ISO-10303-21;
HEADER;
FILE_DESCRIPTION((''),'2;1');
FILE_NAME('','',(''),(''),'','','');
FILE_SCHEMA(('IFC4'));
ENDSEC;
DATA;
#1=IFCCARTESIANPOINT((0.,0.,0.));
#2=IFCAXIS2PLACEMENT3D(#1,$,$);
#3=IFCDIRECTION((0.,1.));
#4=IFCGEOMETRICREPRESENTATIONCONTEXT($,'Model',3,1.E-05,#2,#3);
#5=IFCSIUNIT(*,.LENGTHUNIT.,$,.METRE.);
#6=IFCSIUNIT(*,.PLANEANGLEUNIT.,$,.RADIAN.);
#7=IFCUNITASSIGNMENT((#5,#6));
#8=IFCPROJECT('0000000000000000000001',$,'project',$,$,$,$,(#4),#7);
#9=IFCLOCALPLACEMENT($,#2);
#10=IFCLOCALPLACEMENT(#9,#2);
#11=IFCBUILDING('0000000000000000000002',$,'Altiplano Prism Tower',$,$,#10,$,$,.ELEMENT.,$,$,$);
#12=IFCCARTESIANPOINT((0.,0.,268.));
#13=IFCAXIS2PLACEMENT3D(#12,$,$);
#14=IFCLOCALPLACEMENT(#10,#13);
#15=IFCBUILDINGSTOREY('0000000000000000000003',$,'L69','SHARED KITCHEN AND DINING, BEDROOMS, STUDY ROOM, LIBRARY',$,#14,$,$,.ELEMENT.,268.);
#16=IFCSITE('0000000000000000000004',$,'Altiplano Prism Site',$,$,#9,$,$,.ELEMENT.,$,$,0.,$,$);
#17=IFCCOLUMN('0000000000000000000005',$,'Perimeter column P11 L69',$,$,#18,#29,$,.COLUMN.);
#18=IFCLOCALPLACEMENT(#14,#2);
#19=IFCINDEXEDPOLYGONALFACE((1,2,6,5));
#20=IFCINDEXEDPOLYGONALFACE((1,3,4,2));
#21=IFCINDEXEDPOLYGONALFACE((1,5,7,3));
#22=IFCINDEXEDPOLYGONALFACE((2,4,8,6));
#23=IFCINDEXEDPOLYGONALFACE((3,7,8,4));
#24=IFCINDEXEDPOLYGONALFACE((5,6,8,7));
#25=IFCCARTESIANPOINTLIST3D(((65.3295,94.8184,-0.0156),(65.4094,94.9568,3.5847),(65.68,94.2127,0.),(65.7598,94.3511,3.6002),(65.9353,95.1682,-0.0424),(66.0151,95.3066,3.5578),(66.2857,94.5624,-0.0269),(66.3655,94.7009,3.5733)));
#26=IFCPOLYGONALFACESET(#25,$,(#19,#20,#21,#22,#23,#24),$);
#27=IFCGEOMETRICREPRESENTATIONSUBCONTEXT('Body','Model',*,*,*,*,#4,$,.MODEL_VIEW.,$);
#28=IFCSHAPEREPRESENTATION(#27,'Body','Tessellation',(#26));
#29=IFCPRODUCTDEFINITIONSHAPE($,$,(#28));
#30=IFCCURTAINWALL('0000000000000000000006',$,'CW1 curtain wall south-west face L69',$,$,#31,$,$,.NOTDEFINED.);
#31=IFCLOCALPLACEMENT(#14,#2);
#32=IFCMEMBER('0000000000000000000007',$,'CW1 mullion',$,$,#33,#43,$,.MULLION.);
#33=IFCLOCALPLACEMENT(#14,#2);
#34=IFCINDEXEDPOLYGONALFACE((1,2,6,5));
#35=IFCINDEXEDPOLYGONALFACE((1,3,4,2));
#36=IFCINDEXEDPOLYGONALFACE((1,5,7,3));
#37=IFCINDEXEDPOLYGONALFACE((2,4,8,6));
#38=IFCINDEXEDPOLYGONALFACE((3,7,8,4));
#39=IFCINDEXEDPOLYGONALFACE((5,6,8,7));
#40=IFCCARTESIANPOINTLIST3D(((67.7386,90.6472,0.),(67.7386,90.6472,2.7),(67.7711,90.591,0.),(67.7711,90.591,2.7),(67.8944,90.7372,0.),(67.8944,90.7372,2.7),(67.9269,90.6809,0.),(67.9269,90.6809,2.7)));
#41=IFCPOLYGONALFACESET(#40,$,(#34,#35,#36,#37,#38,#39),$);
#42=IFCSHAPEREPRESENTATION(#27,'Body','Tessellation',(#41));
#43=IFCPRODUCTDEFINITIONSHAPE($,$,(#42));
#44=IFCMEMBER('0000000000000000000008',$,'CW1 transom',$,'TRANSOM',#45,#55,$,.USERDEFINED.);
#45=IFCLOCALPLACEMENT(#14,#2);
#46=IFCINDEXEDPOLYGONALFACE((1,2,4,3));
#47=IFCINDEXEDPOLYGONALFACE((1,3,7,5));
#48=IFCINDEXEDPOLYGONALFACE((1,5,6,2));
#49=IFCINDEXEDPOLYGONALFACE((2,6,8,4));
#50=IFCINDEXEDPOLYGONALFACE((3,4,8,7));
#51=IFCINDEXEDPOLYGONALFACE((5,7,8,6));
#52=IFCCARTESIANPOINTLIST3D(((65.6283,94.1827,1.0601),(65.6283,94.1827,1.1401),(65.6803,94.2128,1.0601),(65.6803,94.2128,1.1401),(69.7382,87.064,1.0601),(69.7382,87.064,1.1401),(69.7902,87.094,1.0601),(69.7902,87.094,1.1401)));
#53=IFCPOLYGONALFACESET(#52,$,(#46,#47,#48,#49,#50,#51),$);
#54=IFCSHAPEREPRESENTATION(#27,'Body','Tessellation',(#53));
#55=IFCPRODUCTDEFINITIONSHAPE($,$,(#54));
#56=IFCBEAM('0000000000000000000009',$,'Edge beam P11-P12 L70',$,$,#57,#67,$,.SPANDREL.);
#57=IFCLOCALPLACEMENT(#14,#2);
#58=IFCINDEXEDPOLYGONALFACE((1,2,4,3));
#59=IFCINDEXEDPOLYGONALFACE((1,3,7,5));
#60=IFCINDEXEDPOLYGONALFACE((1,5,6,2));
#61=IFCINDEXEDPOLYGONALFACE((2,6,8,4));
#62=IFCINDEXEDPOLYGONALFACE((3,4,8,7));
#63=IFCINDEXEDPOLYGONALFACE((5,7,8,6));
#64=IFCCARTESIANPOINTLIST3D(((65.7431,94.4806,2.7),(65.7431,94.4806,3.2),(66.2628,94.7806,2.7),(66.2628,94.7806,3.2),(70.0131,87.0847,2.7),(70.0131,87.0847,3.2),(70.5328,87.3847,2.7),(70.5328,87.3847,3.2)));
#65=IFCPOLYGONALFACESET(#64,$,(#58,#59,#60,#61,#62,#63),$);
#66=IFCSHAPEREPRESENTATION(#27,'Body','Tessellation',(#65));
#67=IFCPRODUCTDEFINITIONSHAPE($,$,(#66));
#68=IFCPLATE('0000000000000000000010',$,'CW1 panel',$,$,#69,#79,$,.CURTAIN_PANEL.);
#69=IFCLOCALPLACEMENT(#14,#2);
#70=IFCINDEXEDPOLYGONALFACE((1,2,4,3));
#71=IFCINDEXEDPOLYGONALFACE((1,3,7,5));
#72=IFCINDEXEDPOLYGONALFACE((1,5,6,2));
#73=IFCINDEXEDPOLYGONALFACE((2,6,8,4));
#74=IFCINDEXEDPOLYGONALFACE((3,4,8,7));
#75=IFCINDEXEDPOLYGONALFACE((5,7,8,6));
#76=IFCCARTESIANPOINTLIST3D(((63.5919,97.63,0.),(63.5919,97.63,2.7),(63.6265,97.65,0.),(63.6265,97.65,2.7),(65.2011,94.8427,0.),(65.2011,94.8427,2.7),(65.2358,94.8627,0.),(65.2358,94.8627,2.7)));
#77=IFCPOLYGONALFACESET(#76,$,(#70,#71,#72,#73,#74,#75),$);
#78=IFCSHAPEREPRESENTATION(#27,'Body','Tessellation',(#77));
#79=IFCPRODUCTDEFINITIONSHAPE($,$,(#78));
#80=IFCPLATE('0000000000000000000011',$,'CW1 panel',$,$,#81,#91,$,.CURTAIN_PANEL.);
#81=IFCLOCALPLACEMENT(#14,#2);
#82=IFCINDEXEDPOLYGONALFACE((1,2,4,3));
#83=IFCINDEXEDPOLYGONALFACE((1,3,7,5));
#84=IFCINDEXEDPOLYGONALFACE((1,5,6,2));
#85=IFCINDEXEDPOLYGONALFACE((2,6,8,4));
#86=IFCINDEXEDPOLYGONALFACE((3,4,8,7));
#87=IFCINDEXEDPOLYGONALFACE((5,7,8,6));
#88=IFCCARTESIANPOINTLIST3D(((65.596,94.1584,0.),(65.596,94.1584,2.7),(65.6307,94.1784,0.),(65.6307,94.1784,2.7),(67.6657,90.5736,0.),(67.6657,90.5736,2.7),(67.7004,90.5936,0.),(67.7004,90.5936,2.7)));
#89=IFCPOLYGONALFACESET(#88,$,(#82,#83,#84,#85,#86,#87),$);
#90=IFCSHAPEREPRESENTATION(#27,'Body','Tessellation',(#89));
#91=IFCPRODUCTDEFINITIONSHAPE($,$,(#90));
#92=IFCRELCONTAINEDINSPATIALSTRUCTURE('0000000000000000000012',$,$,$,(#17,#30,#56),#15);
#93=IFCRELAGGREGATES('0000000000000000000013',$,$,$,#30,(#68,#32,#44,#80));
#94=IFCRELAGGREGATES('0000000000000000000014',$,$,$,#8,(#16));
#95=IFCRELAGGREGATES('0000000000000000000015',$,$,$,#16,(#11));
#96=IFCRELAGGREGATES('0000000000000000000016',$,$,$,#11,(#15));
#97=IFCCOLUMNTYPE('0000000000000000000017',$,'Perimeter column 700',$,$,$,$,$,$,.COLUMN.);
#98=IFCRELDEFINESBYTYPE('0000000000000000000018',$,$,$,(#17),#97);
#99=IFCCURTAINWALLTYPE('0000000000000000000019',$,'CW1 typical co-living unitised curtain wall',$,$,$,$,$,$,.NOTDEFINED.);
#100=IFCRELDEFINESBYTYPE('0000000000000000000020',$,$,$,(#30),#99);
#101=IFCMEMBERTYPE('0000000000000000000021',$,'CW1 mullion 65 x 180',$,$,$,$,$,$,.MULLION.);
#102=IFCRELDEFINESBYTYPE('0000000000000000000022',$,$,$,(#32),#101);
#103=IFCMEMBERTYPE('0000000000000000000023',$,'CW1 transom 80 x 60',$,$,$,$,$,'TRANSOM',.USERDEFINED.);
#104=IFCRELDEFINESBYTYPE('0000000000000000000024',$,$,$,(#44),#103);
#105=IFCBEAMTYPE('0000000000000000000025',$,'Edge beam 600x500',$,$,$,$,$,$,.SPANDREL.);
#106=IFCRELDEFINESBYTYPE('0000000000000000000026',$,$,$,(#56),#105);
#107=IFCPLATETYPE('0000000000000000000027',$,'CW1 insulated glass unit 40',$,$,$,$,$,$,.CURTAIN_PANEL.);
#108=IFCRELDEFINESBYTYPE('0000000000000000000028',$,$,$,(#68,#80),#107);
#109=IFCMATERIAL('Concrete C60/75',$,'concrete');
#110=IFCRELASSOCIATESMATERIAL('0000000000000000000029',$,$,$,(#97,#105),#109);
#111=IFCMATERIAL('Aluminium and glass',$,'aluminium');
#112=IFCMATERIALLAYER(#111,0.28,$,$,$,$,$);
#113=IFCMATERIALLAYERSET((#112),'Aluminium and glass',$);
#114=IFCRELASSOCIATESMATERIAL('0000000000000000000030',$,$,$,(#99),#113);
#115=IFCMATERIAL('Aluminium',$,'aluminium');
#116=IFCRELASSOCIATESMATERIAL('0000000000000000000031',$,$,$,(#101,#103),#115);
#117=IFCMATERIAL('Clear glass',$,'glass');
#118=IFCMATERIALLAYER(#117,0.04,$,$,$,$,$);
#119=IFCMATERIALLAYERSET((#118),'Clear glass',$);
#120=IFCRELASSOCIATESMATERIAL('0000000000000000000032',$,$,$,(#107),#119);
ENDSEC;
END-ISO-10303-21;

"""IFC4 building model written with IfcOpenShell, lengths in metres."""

from ifc_helpers import new_model, si_unit, direction, frame, origin, origin_2d, place, context, subcontext, project, spatial, rectangle, extrude, material, layer, layer_set, material_profile, profile_set, type_object, element, aggregate, save


model = new_model("IFC4")

# Units and contexts
model_context = context("Model", 3, precision=1e-05, world=origin(), true_north=direction((0.0, 1.0)))
body_context = subcontext(model_context, "Body", "Model", "MODEL_VIEW")
ifc_project = project(units=[si_unit("LENGTHUNIT", "METRE"), si_unit("PLANEANGLEUNIT", "RADIAN")], contexts=[model_context])

# Site, building, storey
site_placement = place(None, origin())
site = spatial("IfcSite", under=ifc_project, at=site_placement, Name="Altiplano Prism Site", CompositionType="ELEMENT", RefElevation=0.0)
building_placement = place(site_placement, origin())
building = spatial("IfcBuilding", under=site, at=building_placement, Name="Altiplano Prism Tower", CompositionType="ELEMENT")
storey_placement = place(building_placement, frame((0.0, 0.0, 268.0)))
storey = spatial("IfcBuildingStorey", under=building, at=storey_placement, Name="L69", Description="SHARED KITCHEN AND DINING, BEDROOMS, STUDY ROOM, LIBRARY", CompositionType="ELEMENT", Elevation=268.0)

# Column
ifc_material_1 = material(Name="Concrete C60/75", Category="concrete")
ifc_material_profile_1 = material_profile(ifc_material_1, rectangle(XDim=0.7, YDim=0.7, at=origin_2d()), Name="Perimeter column 700")
ifc_profile_set_1 = profile_set([ifc_material_profile_1], Name="Concrete C60/75")
column_type = type_object("IfcColumnType", Name="Perimeter column 700", PredefinedType="COLUMN", material=ifc_profile_set_1)
column_placement = place(storey_placement, frame((65.8076, 94.6904, -0.0212), z_axis=(0.022154, 0.038413, 0.999016), x_axis=(-0.865365, -0.499669, 0.038403)))
element("IfcColumn", 1, at=column_placement, inside=storey, type_object=column_type, Name="Perimeter column P11 L69", PredefinedType="COLUMN", context=body_context, shape_type="SweptSolid", body=[
    extrude(rectangle(XDim=0.7, YDim=0.7, at=origin_2d()), origin(), (0.0, 0.0, 1.0), 3.6038),
])

# Curtain wall, members
ifc_material_2 = material(Name="Aluminium and glass", Category="aluminium")
ifc_layer_1 = layer(ifc_material_2, 0.28)
ifc_layer_set_1 = layer_set([ifc_layer_1], Name="Aluminium and glass")
curtain_wall_type = type_object("IfcCurtainWallType", Name="CW1 typical co-living unitised curtain wall", PredefinedType="NOTDEFINED", material=ifc_layer_set_1)
curtain_wall_placement = place(storey_placement, origin())
curtain_wall = element("IfcCurtainWall", 2, at=curtain_wall_placement, inside=storey, type_object=curtain_wall_type, Name="CW1 curtain wall south-west face L69", PredefinedType="NOTDEFINED")
ifc_material_3 = material(Name="Aluminium", Category="aluminium")
ifc_material_profile_2 = material_profile(ifc_material_3, rectangle(XDim=0.1799, YDim=0.0649, at=origin_2d()), Name="CW1 mullion 65 x 180")
ifc_profile_set_2 = profile_set([ifc_material_profile_2], Name="Aluminium")
member_type_1 = type_object("IfcMemberType", Name="CW1 mullion 65 x 180", PredefinedType="MULLION", material=ifc_profile_set_2)
member_1_placement = place(storey_placement, frame((67.8328, 90.6641, 0.0), z_axis=(0.0, 0.0, 1.0), x_axis=(0.866025, 0.5, 0.0)))
member_1 = element("IfcMember", 3, at=member_1_placement, type_object=member_type_1, Name="CW1 mullion", PredefinedType="MULLION", context=body_context, shape_type="SweptSolid", body=[
    extrude(rectangle(XDim=0.1799, YDim=0.0649, at=origin_2d()), origin(), (0.0, 0.0, 1.0), 2.7),
])
ifc_material_profile_3 = material_profile(ifc_material_3, rectangle(XDim=0.0601, YDim=0.0801, at=origin_2d()), Name="CW1 transom 80 x 60")
ifc_profile_set_3 = profile_set([ifc_material_profile_3], Name="Aluminium")
member_type_2 = type_object("IfcMemberType", Name="CW1 transom 80 x 60", ElementType="TRANSOM", PredefinedType="USERDEFINED", material=ifc_profile_set_3)
member_2_placement = place(storey_placement, frame((65.6543, 94.1978, 1.1001), z_axis=(0.499992, -0.86603, 0.0), x_axis=(0.86603, 0.499992, 0.0)))
member_2 = element("IfcMember", 4, at=member_2_placement, type_object=member_type_2, Name="CW1 transom", ObjectType="TRANSOM", PredefinedType="USERDEFINED", context=body_context, shape_type="SweptSolid", body=[
    extrude(rectangle(XDim=0.0601, YDim=0.0801, at=origin_2d()), origin(), (0.0, 0.0, 1.0), 8.22),
])

# Beam
ifc_material_profile_4 = material_profile(ifc_material_1, rectangle(XDim=0.6001, YDim=0.5, at=origin_2d()), Name="Edge beam 600x500")
ifc_profile_set_4 = profile_set([ifc_material_profile_4], Name="Concrete C60/75")
beam_type = type_object("IfcBeamType", Name="Edge beam 600x500", PredefinedType="SPANDREL", material=ifc_profile_set_4)
beam_placement = place(storey_placement, frame((66.0029, 94.6306, 2.95), z_axis=(0.499995, -0.866028, 0.0), x_axis=(0.866028, 0.499995, 0.0)))
element("IfcBeam", 5, at=beam_placement, inside=storey, type_object=beam_type, Name="Edge beam P11-P12 L70", PredefinedType="SPANDREL", context=body_context, shape_type="SweptSolid", body=[
    extrude(rectangle(XDim=0.6001, YDim=0.5, at=origin_2d()), origin(), (0.0, 0.0, 1.0), 8.54),
])

# Plates
ifc_material_4 = material(Name="Clear glass", Category="glass")
ifc_layer_2 = layer(ifc_material_4, 0.04)
ifc_layer_set_2 = layer_set([ifc_layer_2], Name="Clear glass")
plate_type = type_object("IfcPlateType", Name="CW1 insulated glass unit 40", PredefinedType="CURTAIN_PANEL", material=ifc_layer_set_2)
plate_1_placement = place(storey_placement, frame((64.4138, 96.2463, 0.0), z_axis=(0.0, 0.0, 1.0), x_axis=(0.5, -0.866025, 0.0)))
plate_1 = element("IfcPlate", 6, at=plate_1_placement, type_object=plate_type, Name="CW1 panel", PredefinedType="CURTAIN_PANEL", context=body_context, shape_type="SweptSolid", body=[
    extrude(rectangle(XDim=3.2185, YDim=0.04, at=origin_2d()), origin(), (0.0, 0.0, 1.0), 2.7),
])
plate_2_placement = place(storey_placement, frame((66.6482, 92.376, 0.0), z_axis=(0.0, 0.0, 1.0), x_axis=(0.5, -0.866025, 0.0)))
plate_2 = element("IfcPlate", 7, at=plate_2_placement, type_object=plate_type, Name="CW1 panel", PredefinedType="CURTAIN_PANEL", context=body_context, shape_type="SweptSolid", body=[
    extrude(rectangle(XDim=4.1394, YDim=0.04, at=origin_2d()), origin(), (0.0, 0.0, 1.0), 2.7),
])
aggregate(curtain_wall, [plate_1, member_1, member_2, plate_2])

save(model, "model.ifc")
